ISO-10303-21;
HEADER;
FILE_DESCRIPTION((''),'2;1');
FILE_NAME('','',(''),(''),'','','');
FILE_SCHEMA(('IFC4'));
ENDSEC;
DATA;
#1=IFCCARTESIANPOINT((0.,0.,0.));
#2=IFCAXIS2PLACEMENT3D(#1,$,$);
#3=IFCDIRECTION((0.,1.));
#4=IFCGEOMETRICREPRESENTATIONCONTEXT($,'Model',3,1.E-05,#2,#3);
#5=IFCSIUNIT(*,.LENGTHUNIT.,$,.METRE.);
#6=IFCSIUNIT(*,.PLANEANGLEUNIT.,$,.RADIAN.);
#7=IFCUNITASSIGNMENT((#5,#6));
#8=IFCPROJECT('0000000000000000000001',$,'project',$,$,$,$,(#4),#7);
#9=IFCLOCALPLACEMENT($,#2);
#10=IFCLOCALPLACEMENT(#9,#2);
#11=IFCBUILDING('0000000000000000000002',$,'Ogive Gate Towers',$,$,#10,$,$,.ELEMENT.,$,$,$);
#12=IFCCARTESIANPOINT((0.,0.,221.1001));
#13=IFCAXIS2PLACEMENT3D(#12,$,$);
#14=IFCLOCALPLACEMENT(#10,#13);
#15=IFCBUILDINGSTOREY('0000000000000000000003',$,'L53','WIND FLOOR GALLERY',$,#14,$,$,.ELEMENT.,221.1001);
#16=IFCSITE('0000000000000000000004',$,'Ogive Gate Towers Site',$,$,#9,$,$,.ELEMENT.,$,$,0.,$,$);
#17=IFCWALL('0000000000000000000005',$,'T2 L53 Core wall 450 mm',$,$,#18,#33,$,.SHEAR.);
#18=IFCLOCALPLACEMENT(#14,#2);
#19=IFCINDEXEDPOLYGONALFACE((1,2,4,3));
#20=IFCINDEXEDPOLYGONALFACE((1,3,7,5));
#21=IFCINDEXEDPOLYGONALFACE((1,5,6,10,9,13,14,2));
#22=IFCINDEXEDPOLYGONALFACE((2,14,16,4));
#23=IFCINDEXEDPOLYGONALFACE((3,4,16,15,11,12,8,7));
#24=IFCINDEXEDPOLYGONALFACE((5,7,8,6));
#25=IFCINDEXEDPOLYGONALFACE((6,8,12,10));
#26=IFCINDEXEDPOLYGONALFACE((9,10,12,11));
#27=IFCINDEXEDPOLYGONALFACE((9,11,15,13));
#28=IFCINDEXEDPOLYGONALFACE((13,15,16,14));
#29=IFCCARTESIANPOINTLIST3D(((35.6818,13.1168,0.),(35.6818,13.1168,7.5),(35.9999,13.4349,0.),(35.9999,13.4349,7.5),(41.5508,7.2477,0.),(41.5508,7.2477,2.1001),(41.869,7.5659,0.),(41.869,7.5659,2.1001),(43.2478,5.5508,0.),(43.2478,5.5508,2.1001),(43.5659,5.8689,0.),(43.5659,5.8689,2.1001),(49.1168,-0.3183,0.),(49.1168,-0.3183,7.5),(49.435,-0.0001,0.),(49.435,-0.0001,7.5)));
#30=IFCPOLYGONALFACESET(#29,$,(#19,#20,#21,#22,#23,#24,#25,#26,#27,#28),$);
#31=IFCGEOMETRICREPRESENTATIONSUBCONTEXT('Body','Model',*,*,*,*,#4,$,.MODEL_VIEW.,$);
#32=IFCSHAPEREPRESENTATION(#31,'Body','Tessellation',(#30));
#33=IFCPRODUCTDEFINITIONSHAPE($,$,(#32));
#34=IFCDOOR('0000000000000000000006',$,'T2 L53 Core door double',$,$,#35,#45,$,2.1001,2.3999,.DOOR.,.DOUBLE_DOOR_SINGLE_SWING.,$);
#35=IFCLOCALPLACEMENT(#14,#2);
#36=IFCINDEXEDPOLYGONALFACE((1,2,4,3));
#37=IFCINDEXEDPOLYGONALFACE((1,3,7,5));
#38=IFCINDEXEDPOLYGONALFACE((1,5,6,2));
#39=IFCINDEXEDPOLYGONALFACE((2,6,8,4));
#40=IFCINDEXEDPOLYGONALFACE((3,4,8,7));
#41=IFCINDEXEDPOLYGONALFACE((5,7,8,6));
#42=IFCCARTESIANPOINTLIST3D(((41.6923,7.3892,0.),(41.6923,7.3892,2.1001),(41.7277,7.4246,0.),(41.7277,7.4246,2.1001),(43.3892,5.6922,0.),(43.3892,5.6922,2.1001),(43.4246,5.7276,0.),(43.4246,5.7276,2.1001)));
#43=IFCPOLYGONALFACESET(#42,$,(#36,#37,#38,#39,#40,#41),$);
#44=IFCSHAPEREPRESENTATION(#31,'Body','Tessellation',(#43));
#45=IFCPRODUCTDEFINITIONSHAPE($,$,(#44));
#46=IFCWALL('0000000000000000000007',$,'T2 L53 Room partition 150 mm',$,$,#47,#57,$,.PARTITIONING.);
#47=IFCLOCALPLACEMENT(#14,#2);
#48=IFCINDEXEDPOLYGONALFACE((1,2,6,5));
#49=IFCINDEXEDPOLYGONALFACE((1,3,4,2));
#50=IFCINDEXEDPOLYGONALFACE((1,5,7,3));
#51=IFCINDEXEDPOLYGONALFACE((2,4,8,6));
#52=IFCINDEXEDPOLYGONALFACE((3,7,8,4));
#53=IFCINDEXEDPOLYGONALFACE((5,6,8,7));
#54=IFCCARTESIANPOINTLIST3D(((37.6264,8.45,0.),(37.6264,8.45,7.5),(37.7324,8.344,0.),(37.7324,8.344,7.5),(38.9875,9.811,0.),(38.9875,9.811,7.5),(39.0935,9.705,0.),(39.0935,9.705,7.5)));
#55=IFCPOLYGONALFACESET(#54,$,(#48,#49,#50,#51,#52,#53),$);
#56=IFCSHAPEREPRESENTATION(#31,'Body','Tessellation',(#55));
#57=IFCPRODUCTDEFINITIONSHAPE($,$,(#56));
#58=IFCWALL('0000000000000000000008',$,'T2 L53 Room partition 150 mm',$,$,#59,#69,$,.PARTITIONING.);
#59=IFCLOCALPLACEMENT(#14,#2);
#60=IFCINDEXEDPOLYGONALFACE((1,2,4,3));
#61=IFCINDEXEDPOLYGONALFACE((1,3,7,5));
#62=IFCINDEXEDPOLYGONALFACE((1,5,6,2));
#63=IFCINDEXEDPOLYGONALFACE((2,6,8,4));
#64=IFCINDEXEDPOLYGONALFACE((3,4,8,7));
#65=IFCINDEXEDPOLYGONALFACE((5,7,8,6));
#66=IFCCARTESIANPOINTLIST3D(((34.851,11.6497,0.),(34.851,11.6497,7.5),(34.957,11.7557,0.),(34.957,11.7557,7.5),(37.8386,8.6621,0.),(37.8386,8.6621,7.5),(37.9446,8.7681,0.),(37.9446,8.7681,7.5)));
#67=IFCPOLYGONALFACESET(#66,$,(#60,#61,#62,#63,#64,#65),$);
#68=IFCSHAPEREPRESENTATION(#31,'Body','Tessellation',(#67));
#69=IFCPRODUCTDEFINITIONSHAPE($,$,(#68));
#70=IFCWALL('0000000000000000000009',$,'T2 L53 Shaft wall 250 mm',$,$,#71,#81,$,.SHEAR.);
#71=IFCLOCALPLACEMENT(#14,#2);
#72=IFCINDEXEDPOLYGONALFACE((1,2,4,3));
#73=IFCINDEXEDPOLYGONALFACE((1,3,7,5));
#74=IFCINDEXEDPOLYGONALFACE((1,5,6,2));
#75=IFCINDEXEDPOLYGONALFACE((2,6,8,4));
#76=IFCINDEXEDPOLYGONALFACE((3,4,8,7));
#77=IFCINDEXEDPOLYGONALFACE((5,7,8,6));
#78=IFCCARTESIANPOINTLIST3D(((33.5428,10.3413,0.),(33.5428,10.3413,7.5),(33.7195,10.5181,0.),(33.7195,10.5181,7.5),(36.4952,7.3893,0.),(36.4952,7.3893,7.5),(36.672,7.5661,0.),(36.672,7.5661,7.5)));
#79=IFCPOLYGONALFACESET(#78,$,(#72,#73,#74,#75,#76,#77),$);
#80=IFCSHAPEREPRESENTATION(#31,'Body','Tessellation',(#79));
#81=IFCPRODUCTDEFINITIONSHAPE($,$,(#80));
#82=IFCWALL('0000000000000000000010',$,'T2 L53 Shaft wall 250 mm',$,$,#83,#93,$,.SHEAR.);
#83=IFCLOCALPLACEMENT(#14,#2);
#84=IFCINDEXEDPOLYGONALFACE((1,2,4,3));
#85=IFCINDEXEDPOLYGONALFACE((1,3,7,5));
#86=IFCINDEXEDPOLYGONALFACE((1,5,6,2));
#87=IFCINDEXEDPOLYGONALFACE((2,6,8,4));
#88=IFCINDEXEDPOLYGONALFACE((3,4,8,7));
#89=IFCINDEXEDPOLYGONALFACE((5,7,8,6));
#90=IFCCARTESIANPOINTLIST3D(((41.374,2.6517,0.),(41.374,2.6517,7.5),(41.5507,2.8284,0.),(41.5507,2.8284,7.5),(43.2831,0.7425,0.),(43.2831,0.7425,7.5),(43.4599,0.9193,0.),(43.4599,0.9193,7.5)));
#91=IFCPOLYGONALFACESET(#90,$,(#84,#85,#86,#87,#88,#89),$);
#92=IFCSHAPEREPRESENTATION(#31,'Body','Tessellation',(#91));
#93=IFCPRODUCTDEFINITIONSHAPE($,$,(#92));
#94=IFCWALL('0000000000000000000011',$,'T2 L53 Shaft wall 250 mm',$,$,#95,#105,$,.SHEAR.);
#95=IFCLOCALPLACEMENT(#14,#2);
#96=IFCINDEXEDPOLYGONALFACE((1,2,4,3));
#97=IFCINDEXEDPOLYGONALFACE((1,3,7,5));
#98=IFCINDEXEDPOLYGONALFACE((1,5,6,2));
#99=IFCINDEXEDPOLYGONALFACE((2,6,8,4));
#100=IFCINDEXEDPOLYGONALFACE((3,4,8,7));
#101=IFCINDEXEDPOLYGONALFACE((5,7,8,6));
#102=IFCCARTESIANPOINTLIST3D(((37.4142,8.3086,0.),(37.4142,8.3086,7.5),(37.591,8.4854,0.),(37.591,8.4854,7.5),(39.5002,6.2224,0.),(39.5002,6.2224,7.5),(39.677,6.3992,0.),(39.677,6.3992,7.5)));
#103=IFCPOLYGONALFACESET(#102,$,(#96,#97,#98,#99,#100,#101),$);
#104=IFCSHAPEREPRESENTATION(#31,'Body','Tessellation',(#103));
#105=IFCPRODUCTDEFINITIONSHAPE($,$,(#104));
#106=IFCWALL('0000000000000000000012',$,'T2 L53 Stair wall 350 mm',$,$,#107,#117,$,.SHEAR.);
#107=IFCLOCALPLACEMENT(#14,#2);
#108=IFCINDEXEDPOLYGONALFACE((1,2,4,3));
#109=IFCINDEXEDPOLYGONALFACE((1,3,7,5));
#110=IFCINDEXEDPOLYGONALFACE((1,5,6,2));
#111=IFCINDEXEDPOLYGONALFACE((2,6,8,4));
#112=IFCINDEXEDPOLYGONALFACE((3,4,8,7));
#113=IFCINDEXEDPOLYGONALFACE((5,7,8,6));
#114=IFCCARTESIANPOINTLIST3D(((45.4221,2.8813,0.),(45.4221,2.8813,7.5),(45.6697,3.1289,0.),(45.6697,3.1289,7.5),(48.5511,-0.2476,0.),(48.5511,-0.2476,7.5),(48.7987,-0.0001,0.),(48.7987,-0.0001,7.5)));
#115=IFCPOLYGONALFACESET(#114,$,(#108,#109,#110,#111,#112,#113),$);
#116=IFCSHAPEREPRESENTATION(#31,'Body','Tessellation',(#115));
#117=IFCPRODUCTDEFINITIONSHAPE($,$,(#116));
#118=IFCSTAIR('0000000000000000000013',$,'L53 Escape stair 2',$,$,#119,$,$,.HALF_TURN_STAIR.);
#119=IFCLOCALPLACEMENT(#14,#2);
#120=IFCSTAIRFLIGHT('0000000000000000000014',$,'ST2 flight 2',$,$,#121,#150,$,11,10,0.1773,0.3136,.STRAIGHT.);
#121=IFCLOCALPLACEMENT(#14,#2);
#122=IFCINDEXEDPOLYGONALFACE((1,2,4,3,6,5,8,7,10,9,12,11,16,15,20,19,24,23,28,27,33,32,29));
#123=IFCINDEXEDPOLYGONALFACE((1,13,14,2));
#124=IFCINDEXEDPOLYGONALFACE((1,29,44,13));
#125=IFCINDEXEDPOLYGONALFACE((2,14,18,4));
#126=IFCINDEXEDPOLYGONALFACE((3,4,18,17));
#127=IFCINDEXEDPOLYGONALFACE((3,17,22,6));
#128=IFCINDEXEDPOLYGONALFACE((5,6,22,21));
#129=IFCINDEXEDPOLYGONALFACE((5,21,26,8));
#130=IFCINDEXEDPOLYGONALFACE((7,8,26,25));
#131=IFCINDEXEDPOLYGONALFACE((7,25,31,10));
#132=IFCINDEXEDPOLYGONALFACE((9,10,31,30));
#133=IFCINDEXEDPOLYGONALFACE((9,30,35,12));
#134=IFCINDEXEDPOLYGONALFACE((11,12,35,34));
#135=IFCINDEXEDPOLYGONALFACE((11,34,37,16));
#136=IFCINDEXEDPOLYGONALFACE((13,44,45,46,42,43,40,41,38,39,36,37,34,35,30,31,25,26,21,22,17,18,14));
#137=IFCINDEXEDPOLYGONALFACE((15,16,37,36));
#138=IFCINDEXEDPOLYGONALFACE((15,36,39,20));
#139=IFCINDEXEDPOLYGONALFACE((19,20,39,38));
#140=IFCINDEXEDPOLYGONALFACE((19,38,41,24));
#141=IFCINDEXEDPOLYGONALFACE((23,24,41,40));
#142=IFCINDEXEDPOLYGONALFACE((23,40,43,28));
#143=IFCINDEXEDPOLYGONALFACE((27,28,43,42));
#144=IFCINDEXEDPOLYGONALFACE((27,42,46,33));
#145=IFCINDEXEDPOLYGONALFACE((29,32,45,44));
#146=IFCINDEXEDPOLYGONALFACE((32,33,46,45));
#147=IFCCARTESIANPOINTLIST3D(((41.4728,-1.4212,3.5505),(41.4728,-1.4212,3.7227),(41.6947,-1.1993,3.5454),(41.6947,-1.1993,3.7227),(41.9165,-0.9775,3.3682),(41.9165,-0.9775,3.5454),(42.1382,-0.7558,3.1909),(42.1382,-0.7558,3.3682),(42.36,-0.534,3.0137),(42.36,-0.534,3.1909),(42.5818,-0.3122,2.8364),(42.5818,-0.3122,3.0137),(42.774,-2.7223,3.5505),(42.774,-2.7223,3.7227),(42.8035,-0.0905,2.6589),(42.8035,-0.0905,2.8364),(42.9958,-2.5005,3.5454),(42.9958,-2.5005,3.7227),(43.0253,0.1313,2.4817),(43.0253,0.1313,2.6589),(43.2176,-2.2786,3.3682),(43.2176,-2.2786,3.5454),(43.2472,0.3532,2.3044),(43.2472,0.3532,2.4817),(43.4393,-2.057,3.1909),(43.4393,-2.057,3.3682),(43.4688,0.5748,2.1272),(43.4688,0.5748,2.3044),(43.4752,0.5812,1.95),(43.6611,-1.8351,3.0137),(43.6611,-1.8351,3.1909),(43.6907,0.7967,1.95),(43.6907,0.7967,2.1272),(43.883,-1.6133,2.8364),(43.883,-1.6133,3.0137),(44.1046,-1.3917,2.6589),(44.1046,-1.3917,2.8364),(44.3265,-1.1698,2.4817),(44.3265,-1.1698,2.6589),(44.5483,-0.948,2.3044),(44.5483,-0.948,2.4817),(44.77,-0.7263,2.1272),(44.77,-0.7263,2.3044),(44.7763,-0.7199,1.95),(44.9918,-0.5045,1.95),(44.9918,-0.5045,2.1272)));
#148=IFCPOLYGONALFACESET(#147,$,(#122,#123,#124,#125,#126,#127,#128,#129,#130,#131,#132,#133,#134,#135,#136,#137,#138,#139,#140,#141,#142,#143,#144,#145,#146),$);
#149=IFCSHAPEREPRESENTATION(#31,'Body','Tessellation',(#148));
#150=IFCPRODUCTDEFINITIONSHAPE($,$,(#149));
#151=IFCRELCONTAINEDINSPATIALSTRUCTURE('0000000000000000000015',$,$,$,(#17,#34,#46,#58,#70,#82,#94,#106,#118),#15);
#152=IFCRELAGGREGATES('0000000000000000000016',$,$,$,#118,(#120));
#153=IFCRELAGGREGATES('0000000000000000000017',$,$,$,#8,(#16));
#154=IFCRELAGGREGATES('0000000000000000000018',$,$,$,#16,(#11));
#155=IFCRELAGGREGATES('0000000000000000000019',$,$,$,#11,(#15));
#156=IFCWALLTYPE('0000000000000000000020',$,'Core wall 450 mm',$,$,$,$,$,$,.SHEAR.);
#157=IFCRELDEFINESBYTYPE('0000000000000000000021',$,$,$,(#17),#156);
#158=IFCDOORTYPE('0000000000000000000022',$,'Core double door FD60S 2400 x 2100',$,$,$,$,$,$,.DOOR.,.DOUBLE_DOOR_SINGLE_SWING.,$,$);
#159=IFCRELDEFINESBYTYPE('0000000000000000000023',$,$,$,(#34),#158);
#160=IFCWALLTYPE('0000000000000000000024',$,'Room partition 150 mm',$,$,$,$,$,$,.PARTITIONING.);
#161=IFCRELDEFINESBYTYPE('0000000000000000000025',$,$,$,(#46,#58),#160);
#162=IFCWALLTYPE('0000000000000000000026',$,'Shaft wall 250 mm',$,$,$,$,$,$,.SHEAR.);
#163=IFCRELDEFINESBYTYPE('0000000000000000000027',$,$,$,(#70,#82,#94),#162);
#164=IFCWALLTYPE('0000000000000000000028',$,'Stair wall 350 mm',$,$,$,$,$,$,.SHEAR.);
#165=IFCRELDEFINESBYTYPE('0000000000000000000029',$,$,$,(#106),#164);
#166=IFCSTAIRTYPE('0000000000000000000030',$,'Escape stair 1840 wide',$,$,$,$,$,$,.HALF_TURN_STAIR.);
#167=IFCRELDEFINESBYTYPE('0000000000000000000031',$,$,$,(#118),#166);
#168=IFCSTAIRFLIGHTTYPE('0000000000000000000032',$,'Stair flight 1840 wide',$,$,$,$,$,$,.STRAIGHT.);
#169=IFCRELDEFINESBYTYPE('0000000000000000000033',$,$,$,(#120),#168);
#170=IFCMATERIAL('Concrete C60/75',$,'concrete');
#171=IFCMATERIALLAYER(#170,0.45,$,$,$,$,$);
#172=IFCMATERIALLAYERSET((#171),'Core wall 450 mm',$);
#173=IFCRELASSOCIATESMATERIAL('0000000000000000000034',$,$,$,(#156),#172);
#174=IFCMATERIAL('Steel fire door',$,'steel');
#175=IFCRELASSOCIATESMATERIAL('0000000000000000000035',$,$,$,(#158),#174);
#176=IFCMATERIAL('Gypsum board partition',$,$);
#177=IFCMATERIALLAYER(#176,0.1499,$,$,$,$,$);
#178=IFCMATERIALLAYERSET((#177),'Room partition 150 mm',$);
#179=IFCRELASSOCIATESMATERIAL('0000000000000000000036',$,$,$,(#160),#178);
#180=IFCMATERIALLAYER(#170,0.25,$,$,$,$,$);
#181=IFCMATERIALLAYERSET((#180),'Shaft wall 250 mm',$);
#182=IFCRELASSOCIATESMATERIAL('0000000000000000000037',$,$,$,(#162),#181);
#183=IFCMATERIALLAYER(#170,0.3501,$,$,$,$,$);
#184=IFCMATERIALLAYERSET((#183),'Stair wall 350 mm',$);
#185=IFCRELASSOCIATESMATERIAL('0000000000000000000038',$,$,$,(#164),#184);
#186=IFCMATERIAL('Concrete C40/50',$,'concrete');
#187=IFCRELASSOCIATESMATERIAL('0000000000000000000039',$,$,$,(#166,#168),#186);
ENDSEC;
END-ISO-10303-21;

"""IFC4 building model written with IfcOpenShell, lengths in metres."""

from ifc_helpers import new_model, si_unit, direction, frame, frame_2d, origin, place, context, subcontext, project, spatial, polyline, rectangle, outline, extrude, material, layer, layer_set, type_object, element, fill, aggregate, save


model = new_model("IFC4")

# Units and contexts
model_context = context("Model", 3, precision=1e-05, world=origin(), true_north=direction((0.0, 1.0)))
body_context = subcontext(model_context, "Body", "Model", "MODEL_VIEW")
ifc_project = project(units=[si_unit("LENGTHUNIT", "METRE"), si_unit("PLANEANGLEUNIT", "RADIAN")], contexts=[model_context])

# Site, building, storey
site_placement = place(None, origin())
site = spatial("IfcSite", under=ifc_project, at=site_placement, Name="Ogive Gate Towers Site", CompositionType="ELEMENT", RefElevation=0.0)
building_placement = place(site_placement, origin())
building = spatial("IfcBuilding", under=site, at=building_placement, Name="Ogive Gate Towers", CompositionType="ELEMENT")
storey_placement = place(building_placement, frame((0.0, 0.0, 221.1001)))
storey = spatial("IfcBuildingStorey", under=building, at=storey_placement, Name="L53", Description="WIND FLOOR GALLERY", CompositionType="ELEMENT", Elevation=221.1001)

# Shared definitions
ifc_material_1 = material(Name="Concrete C40/50", Category="concrete")

# Wall, opening, door
ifc_material_2 = material(Name="Concrete C60/75", Category="concrete")
ifc_layer_1 = layer(ifc_material_2, 0.45)
ifc_layer_set_1 = layer_set([ifc_layer_1], Name="Core wall 450 mm")
wall_type_1 = type_object("IfcWallType", Name="Core wall 450 mm", PredefinedType="SHEAR", material=ifc_layer_set_1)
wall_1_placement = place(storey_placement, frame((49.2759, -0.1592, 0.0), z_axis=(0.0, 0.0, 1.0), x_axis=(-0.707107, 0.707107, 0.0)))
wall_1 = element("IfcWall", 1, at=wall_1_placement, inside=storey, type_object=wall_type_1, Name="T2 L53 Core wall 450 mm", PredefinedType="SHEAR", context=body_context, shape_type="SweptSolid", body=[
    extrude(rectangle(XDim=19.0, YDim=0.45, at=frame_2d((9.5, 0.0))), origin(), (0.0, 0.0, 1.0), 7.5),
])
opening_placement = place(wall_1_placement, frame((8.3, 0.0, 0.0)))
opening = element("IfcOpeningElement", 2, at=opening_placement, cuts=wall_1, PredefinedType="OPENING", context=body_context, shape_type="SweptSolid", body=[
    extrude(rectangle(XDim=2.3999, YDim=2.1001, at=frame_2d((1.2, 1.05))), frame((0.0, 0.2349, 0.0), z_axis=(0.0, -1.0, 0.0), x_axis=(1.0, 0.0, 0.0)), (0.0, 0.0, 1.0), 0.47),
])
ifc_material_3 = material(Name="Steel fire door", Category="steel")
door_type = type_object("IfcDoorType", Name="Core double door FD60S 2400 x 2100", OperationType="DOUBLE_DOOR_SINGLE_SWING", PredefinedType="DOOR", material=ifc_material_3)
door_placement = place(opening_placement, origin())
door = element("IfcDoor", 3, at=door_placement, inside=storey, type_object=door_type, Name="T2 L53 Core door double", OperationType="DOUBLE_DOOR_SINGLE_SWING", OverallHeight=2.1001, OverallWidth=2.3999, PredefinedType="DOOR", context=body_context, shape_type="SweptSolid", body=[
    extrude(rectangle(XDim=2.3999, YDim=2.1001, at=frame_2d((1.2, 1.05))), frame((0.0, 0.0249, 0.0), z_axis=(0.0, -1.0, 0.0), x_axis=(1.0, 0.0, 0.0)), (0.0, 0.0, 1.0), 0.05),
])
fill(opening, door)

# Walls
ifc_material_4 = material(Name="Gypsum board partition")
ifc_layer_2 = layer(ifc_material_4, 0.1499)
ifc_layer_set_2 = layer_set([ifc_layer_2], Name="Room partition 150 mm")
wall_type_2 = type_object("IfcWallType", Name="Room partition 150 mm", PredefinedType="PARTITIONING", material=ifc_layer_set_2)
wall_2_placement = place(storey_placement, frame((37.6794, 8.397, 0.0), z_axis=(0.0, 0.0, 1.0), x_axis=(0.707107, 0.707107, 0.0)))
element("IfcWall", 4, at=wall_2_placement, inside=storey, type_object=wall_type_2, Name="T2 L53 Room partition 150 mm", PredefinedType="PARTITIONING", context=body_context, shape_type="SweptSolid", body=[
    extrude(rectangle(XDim=1.9248, YDim=0.1499, at=frame_2d((0.9624, 0.0))), origin(), (0.0, 0.0, 1.0), 7.5),
])
wall_3_placement = place(storey_placement, frame((37.8916, 8.7151, 0.0), z_axis=(0.0, 0.0, 1.0), x_axis=(-0.707107, 0.707107, 0.0)))
element("IfcWall", 5, at=wall_3_placement, inside=storey, type_object=wall_type_2, Name="T2 L53 Room partition 150 mm", PredefinedType="PARTITIONING", context=body_context, shape_type="SweptSolid", body=[
    extrude(rectangle(XDim=4.2251, YDim=0.1499, at=frame_2d((2.1125, 0.0))), origin(), (0.0, 0.0, 1.0), 7.5),
])
ifc_layer_3 = layer(ifc_material_2, 0.25)
ifc_layer_set_3 = layer_set([ifc_layer_3], Name="Shaft wall 250 mm")
wall_type_3 = type_object("IfcWallType", Name="Shaft wall 250 mm", PredefinedType="SHEAR", material=ifc_layer_set_3)
wall_4_placement = place(storey_placement, frame((36.5835, 7.4778, 0.0), z_axis=(0.0, 0.0, 1.0), x_axis=(-0.707165, 0.707048, 0.0)))
element("IfcWall", 6, at=wall_4_placement, inside=storey, type_object=wall_type_3, Name="T2 L53 Shaft wall 250 mm", PredefinedType="SHEAR", context=body_context, shape_type="SweptSolid", body=[
    extrude(rectangle(XDim=4.175, YDim=0.25, at=frame_2d((2.0874, 0.0))), origin(), (0.0, 0.0, 1.0), 7.5),
])
wall_5_placement = place(storey_placement, frame((43.3716, 0.8308, 0.0), z_axis=(0.0, 0.0, 1.0), x_axis=(-0.707107, 0.707107, 0.0)))
element("IfcWall", 7, at=wall_5_placement, inside=storey, type_object=wall_type_3, Name="T2 L53 Shaft wall 250 mm", PredefinedType="SHEAR", context=body_context, shape_type="SweptSolid", body=[
    extrude(rectangle(XDim=2.7, YDim=0.25, at=frame_2d((1.3501, 0.0))), origin(), (0.0, 0.0, 1.0), 7.5),
])
wall_6_placement = place(storey_placement, frame((39.5886, 6.3108, 0.0), z_axis=(0.0, 0.0, 1.0), x_axis=(-0.707065, 0.707148, 0.0)))
element("IfcWall", 8, at=wall_6_placement, inside=storey, type_object=wall_type_3, Name="T2 L53 Shaft wall 250 mm", PredefinedType="SHEAR", context=body_context, shape_type="SweptSolid", body=[
    extrude(rectangle(XDim=2.9502, YDim=0.25, at=frame_2d((1.4751, 0.0))), origin(), (0.0, 0.0, 1.0), 7.5),
])
ifc_layer_4 = layer(ifc_material_2, 0.3501)
ifc_layer_set_4 = layer_set([ifc_layer_4], Name="Stair wall 350 mm")
wall_type_4 = type_object("IfcWallType", Name="Stair wall 350 mm", PredefinedType="SHEAR", material=ifc_layer_set_4)
wall_7_placement = place(storey_placement, frame((48.6748, -0.1238, 0.0), z_axis=(0.0, 0.0, 1.0), x_axis=(-0.707107, 0.707107, 0.0)))
element("IfcWall", 9, at=wall_7_placement, inside=storey, type_object=wall_type_4, Name="T2 L53 Stair wall 350 mm", PredefinedType="SHEAR", context=body_context, shape_type="SweptSolid", body=[
    extrude(rectangle(XDim=4.425, YDim=0.3501, at=frame_2d((2.2124, 0.0))), origin(), (0.0, 0.0, 1.0), 7.5),
])

# Stair, stair flight
stair_type = type_object("IfcStairType", Name="Escape stair 1840 wide", PredefinedType="HALF_TURN_STAIR", material=ifc_material_1)
stair_placement = place(storey_placement, origin())
stair = element("IfcStair", 10, at=stair_placement, inside=storey, type_object=stair_type, Name="L53 Escape stair 2", PredefinedType="HALF_TURN_STAIR")
stair_flight_type = type_object("IfcStairFlightType", Name="Stair flight 1840 wide", PredefinedType="STRAIGHT", material=ifc_material_1)
stair_flight_1_placement = place(storey_placement, frame((44.3413, 0.146, 1.95), z_axis=(0.0, 0.0, 1.0), x_axis=(-0.707107, -0.707107, 0.0)))
stair_flight_1 = element("IfcStairFlight", 11, at=stair_flight_1_placement, type_object=stair_flight_type, Name="ST2 flight 2", NumberOfRisers=11, NumberOfTreads=10, PredefinedType="STRAIGHT", RiserHeight=0.1773, TreadLength=0.3136, context=body_context, shape_type="SweptSolid", body=[
    extrude(outline(polyline([(0.0, 0.0), (0.0, 0.1772), (0.3137, 0.1772), (0.3137, 0.3545), (0.6272, 0.3545), (0.6272, 0.5317), (0.9409, 0.5317), (0.9409, 0.709), (1.2546, 0.709), (1.2546, 0.8865), (1.5681, 0.8865), (1.5681, 1.0637), (1.8818, 1.0637), (1.8818, 1.241), (2.1956, 1.241), (2.1956, 1.4182), (2.509, 1.4182), (2.509, 1.5955), (2.8228, 1.5955), (2.8228, 1.7727), (3.1365, 1.7727), (3.1365, 1.95), (3.1365, 1.6006), (0.3047, 0.0), (0.0, 0.0)])), frame((0.0, 0.9199, 0.0), z_axis=(0.0, -1.0, 0.0), x_axis=(1.0, 0.0, 0.0)), (0.0, 0.0, 1.0), 1.8401),
])
aggregate(stair, [stair_flight_1])

save(model, "model.ifc")
